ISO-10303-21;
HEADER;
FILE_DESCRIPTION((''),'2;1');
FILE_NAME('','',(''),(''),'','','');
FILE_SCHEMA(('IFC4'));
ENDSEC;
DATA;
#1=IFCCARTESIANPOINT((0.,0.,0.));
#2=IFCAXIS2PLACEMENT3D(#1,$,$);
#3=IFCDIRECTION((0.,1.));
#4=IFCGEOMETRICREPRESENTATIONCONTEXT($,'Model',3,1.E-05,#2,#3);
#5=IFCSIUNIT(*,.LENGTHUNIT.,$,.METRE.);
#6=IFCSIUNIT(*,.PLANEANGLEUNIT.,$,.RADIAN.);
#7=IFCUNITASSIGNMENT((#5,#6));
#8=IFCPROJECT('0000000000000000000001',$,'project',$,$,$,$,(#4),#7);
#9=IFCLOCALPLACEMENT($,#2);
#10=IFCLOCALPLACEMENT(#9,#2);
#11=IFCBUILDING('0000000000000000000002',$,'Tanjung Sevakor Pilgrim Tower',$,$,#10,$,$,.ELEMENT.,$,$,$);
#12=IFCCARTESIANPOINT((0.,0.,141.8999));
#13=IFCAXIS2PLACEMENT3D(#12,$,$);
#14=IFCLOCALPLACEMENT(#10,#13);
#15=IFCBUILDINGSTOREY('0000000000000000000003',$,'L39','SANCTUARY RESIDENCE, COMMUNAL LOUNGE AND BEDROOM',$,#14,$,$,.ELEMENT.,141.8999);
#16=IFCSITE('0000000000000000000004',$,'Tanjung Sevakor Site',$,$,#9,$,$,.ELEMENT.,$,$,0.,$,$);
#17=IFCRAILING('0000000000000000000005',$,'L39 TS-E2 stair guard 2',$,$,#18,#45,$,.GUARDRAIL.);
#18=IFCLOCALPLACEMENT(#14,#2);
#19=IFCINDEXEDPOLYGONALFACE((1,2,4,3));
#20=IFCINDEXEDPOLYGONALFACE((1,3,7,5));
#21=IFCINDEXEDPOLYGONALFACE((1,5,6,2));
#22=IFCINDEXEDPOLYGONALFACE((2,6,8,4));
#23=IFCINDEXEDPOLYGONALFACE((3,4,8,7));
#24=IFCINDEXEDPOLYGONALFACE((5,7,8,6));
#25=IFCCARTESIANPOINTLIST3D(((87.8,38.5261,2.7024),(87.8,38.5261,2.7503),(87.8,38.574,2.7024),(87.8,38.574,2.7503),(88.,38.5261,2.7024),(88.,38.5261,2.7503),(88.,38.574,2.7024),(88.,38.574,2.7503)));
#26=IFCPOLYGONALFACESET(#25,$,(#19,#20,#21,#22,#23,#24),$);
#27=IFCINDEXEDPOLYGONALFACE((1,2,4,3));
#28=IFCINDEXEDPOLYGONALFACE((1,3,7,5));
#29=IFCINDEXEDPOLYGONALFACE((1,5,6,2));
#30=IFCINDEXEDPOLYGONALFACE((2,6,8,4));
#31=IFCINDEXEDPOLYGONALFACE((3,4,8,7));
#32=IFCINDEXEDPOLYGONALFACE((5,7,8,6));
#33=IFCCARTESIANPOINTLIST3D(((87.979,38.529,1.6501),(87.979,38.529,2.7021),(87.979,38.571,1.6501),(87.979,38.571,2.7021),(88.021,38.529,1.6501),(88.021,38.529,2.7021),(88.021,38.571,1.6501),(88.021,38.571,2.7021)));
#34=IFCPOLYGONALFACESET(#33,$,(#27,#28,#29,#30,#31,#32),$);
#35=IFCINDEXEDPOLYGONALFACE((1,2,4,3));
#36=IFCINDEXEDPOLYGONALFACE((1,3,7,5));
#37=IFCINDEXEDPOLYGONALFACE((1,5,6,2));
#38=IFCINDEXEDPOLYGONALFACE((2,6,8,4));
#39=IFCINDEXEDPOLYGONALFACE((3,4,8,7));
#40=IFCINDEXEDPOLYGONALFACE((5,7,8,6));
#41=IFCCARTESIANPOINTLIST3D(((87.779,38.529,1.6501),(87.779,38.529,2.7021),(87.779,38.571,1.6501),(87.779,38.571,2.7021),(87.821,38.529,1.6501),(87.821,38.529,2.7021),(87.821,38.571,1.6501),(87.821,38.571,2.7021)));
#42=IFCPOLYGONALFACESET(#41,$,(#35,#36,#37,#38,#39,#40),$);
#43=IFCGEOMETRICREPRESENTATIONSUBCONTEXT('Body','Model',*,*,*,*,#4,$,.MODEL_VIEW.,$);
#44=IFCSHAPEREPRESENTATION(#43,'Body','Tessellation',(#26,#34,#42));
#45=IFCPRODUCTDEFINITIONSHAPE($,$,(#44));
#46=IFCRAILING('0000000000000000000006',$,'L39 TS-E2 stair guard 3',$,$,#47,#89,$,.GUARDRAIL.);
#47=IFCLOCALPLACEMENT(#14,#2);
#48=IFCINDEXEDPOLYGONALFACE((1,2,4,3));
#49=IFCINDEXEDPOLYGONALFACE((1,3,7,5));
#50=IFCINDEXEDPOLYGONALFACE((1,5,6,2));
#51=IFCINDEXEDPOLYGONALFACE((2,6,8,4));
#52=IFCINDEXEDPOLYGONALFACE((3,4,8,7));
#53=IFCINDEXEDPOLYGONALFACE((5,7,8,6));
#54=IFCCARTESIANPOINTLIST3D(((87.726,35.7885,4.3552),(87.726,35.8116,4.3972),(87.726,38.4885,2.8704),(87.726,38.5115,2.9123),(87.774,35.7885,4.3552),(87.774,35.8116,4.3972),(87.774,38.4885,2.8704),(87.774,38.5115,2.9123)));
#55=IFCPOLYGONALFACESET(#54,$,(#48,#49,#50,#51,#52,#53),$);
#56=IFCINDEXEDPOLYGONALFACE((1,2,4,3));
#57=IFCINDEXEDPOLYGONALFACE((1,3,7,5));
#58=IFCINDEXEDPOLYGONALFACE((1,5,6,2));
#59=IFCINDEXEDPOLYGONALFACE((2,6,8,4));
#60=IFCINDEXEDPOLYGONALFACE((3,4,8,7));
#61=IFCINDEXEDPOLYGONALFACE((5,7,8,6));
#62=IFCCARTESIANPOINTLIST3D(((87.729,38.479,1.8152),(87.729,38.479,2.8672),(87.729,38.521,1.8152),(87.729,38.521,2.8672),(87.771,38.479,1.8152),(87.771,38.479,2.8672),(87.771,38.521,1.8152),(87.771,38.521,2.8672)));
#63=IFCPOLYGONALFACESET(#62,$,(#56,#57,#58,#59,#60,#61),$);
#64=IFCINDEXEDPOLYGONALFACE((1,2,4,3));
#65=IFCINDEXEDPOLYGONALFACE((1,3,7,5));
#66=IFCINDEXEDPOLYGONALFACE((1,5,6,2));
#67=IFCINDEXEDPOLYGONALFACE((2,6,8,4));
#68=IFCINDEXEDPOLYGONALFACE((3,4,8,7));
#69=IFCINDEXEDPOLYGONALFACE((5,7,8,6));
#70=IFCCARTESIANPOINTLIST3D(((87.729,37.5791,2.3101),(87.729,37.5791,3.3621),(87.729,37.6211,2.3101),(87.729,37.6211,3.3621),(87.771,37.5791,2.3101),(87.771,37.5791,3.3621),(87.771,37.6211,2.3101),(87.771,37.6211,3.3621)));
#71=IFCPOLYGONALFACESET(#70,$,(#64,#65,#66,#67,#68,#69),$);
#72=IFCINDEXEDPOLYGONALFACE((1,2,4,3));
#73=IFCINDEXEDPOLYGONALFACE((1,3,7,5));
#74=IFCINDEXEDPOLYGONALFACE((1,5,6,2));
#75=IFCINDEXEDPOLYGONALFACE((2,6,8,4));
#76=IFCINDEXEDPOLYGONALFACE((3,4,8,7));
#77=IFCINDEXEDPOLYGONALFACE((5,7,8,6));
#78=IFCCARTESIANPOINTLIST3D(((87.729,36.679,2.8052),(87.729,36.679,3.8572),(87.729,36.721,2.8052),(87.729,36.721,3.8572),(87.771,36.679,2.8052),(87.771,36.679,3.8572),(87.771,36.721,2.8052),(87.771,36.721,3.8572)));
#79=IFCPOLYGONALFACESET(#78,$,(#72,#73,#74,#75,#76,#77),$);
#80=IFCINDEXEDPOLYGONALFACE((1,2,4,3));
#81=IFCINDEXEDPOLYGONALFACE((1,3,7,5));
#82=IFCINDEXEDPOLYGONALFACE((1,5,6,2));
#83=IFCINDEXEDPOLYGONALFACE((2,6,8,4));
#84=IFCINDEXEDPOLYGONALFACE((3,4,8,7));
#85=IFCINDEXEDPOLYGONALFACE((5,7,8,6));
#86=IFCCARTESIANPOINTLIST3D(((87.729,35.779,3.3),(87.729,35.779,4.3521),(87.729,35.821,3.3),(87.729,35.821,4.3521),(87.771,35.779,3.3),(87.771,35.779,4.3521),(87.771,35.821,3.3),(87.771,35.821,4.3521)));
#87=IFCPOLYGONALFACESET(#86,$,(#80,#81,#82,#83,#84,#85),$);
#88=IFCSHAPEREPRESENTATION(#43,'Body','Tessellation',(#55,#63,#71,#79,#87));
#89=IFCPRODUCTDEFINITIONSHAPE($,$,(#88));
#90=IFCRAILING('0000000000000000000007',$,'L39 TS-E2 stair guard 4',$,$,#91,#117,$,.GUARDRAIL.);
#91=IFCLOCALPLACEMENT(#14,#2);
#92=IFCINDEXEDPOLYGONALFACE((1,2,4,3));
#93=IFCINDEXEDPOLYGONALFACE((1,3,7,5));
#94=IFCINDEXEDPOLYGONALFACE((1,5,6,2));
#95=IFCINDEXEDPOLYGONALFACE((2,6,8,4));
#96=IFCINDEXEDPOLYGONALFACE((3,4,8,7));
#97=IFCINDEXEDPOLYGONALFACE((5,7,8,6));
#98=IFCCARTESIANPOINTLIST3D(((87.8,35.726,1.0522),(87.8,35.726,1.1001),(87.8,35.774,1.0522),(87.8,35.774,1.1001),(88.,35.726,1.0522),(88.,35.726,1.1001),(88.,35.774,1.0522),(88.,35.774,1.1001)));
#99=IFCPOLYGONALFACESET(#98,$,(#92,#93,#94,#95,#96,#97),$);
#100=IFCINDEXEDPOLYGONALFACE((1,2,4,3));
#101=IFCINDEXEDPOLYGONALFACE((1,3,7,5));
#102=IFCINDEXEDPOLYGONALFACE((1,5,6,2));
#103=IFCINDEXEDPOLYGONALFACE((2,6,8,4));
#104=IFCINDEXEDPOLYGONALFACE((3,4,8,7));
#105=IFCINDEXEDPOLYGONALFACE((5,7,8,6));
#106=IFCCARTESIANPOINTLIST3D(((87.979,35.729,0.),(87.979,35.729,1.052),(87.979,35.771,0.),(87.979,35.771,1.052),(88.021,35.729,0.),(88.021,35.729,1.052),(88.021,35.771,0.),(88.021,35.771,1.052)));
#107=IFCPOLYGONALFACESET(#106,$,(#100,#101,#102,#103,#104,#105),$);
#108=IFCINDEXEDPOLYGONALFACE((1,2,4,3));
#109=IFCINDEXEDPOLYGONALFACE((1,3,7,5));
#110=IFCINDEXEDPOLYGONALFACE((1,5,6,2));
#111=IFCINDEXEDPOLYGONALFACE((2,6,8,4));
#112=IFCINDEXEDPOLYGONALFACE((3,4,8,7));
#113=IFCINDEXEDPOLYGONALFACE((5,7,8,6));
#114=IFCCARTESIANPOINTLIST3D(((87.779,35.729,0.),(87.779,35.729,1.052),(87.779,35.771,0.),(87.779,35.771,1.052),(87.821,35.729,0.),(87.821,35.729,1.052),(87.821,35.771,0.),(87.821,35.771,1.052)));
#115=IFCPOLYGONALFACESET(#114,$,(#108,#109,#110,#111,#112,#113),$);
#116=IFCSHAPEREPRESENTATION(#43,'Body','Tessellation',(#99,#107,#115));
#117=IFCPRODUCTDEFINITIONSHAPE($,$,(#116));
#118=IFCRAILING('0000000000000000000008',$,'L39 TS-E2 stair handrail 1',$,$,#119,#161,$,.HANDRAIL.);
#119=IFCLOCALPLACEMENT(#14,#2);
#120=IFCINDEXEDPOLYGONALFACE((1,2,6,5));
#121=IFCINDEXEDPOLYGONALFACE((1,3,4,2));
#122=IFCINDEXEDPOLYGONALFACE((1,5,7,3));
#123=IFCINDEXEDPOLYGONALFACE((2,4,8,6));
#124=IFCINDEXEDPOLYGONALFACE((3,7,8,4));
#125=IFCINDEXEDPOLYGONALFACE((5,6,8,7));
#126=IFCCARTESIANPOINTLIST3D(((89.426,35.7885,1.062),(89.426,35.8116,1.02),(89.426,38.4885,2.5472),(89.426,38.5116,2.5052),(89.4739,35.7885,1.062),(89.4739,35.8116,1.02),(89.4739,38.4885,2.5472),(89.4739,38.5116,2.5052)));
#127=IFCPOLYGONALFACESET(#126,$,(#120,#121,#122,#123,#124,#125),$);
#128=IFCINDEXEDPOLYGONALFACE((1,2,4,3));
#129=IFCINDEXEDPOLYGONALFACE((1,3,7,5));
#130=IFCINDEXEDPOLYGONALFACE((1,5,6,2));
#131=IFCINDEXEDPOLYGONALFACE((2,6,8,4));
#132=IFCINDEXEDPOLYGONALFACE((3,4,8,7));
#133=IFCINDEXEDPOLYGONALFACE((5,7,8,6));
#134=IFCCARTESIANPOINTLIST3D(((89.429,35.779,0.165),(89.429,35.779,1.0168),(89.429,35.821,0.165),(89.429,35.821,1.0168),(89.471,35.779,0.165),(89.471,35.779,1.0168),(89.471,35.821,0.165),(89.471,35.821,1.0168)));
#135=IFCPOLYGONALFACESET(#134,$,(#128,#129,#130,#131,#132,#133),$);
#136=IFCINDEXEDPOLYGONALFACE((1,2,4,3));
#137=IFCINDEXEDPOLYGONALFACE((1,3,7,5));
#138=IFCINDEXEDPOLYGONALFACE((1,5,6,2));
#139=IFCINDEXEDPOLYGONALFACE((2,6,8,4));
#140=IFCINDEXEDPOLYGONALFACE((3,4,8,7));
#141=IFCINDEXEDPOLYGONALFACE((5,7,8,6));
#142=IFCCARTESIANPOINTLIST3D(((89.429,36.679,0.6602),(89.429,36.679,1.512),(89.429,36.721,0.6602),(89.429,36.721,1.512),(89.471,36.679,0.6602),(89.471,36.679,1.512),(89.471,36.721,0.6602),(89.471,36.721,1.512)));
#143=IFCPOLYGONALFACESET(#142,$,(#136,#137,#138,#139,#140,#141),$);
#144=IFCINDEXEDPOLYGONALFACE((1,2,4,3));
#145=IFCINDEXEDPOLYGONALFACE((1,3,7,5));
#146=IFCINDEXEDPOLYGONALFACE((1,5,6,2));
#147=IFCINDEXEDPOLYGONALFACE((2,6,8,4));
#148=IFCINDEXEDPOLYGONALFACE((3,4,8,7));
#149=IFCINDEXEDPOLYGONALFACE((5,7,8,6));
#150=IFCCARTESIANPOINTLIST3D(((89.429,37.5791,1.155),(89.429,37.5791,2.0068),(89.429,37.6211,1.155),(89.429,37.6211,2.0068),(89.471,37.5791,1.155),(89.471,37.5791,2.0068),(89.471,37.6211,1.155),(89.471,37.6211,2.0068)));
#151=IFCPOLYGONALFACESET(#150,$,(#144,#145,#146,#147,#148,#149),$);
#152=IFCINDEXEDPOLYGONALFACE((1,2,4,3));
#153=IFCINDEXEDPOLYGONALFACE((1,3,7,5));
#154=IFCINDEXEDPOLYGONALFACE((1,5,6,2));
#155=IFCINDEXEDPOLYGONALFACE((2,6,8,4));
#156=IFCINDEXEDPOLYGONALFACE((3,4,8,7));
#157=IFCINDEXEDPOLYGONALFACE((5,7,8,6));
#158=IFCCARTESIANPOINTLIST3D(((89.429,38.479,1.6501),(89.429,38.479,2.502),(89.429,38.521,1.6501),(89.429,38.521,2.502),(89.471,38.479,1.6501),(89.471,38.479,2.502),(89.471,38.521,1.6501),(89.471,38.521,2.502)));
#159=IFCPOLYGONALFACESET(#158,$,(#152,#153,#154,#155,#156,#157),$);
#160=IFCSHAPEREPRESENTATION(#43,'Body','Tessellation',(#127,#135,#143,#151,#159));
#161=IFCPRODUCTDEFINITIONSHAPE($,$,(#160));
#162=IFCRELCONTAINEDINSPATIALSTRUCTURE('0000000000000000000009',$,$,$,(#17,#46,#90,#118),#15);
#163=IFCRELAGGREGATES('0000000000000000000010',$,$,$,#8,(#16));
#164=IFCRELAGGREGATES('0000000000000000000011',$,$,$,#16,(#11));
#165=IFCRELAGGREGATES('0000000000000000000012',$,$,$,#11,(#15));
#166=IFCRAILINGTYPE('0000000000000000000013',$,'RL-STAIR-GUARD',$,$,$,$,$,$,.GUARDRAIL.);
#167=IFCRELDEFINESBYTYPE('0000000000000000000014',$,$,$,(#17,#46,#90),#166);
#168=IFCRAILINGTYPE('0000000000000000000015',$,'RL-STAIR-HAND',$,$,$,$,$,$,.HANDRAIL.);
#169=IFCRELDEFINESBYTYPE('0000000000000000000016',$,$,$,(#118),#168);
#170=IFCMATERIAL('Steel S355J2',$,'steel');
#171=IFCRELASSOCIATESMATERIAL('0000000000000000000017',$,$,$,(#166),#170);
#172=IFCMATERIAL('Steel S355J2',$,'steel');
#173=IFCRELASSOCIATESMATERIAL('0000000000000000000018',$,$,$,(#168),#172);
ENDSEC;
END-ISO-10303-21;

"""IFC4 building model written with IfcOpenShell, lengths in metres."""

from ifc_helpers import new_model, si_unit, direction, frame, origin, place, context, subcontext, project, spatial, rectangle, extrude, material, type_object, element, save


model = new_model("IFC4")

# Units and contexts
model_context = context("Model", 3, precision=1e-05, world=origin(), true_north=direction((0.0, 1.0)))
body_context = subcontext(model_context, "Body", "Model", "MODEL_VIEW")
ifc_project = project(units=[si_unit("LENGTHUNIT", "METRE"), si_unit("PLANEANGLEUNIT", "RADIAN")], contexts=[model_context])

# Site, building, storey
site_placement = place(None, origin())
site = spatial("IfcSite", under=ifc_project, at=site_placement, Name="Tanjung Sevakor Site", CompositionType="ELEMENT", RefElevation=0.0)
building_placement = place(site_placement, origin())
building = spatial("IfcBuilding", under=site, at=building_placement, Name="Tanjung Sevakor Pilgrim Tower", CompositionType="ELEMENT")
storey_placement = place(building_placement, frame((0.0, 0.0, 141.8999)))
storey = spatial("IfcBuildingStorey", under=building, at=storey_placement, Name="L39", Description="SANCTUARY RESIDENCE, COMMUNAL LOUNGE AND BEDROOM", CompositionType="ELEMENT", Elevation=141.8999)

# Railings
ifc_material_1 = material(Name="Steel S355J2", Category="steel")
railing_type_1 = type_object("IfcRailingType", Name="RL-STAIR-GUARD", PredefinedType="GUARDRAIL", material=ifc_material_1)
railing_1_placement = place(storey_placement, frame((88.0, 38.55, 1.6501)))
element("IfcRailing", 1, at=railing_1_placement, inside=storey, type_object=railing_type_1, Name="L39 TS-E2 stair guard 2", PredefinedType="GUARDRAIL", context=body_context, shape_type="SweptSolid", body=[
    extrude(rectangle(XDim=0.0479, YDim=0.0479), frame((0.0, 0.0, 1.0762), z_axis=(-1.0, 0.0, 0.0), x_axis=(0.0, -1.0, 0.0)), (0.0, 0.0, 1.0), 0.2),
    extrude(rectangle(XDim=0.042, YDim=0.042), origin(), (0.0, 0.0, 1.0), 1.052),
    extrude(rectangle(XDim=0.042, YDim=0.042), frame((-0.2, 0.0, 0.0)), (0.0, 0.0, 1.0), 1.052),
])
railing_2_placement = place(storey_placement, frame((87.75, 38.5, 1.8152)))
element("IfcRailing", 2, at=railing_2_placement, inside=storey, type_object=railing_type_1, Name="L39 TS-E2 stair guard 3", PredefinedType="GUARDRAIL", context=body_context, shape_type="SweptSolid", body=[
    extrude(rectangle(XDim=0.0479, YDim=0.0479), frame((0.0, 0.0, 1.0762), z_axis=(0.0, -0.876231, 0.481891), x_axis=(1.0, 0.0, 0.0)), (0.0, 0.0, 1.0), 3.0813),
    extrude(rectangle(XDim=0.042, YDim=0.042), origin(), (0.0, 0.0, 1.0), 1.052),
    extrude(rectangle(XDim=0.042, YDim=0.042), frame((0.0, -0.8999, 0.4949)), (0.0, 0.0, 1.0), 1.052),
    extrude(rectangle(XDim=0.042, YDim=0.042), frame((0.0, -1.8, 0.99)), (0.0, 0.0, 1.0), 1.052),
    extrude(rectangle(XDim=0.042, YDim=0.042), frame((0.0, -2.7, 1.4849)), (0.0, 0.0, 1.0), 1.052),
])
railing_3_placement = place(storey_placement, frame((88.0, 35.75, 0.0)))
element("IfcRailing", 3, at=railing_3_placement, inside=storey, type_object=railing_type_1, Name="L39 TS-E2 stair guard 4", PredefinedType="GUARDRAIL", context=body_context, shape_type="SweptSolid", body=[
    extrude(rectangle(XDim=0.0479, YDim=0.0479), frame((0.0, 0.0, 1.0762), z_axis=(-1.0, 0.0, 0.0), x_axis=(0.0, -1.0, 0.0)), (0.0, 0.0, 1.0), 0.2),
    extrude(rectangle(XDim=0.042, YDim=0.042), origin(), (0.0, 0.0, 1.0), 1.052),
    extrude(rectangle(XDim=0.042, YDim=0.042), frame((-0.2, 0.0, 0.0)), (0.0, 0.0, 1.0), 1.052),
])
ifc_material_2 = material(Name="Steel S355J2", Category="steel")
railing_type_2 = type_object("IfcRailingType", Name="RL-STAIR-HAND", PredefinedType="HANDRAIL", material=ifc_material_2)
railing_4_placement = place(storey_placement, frame((89.45, 35.8, 0.165)))
element("IfcRailing", 4, at=railing_4_placement, inside=storey, type_object=railing_type_2, Name="L39 TS-E2 stair handrail 1", PredefinedType="HANDRAIL", context=body_context, shape_type="SweptSolid", body=[
    extrude(rectangle(XDim=0.0479, YDim=0.0479), frame((0.0, 0.0, 0.876), z_axis=(0.0, 0.876198, 0.481952), x_axis=(-1.0, 0.0, 0.0)), (0.0, 0.0, 1.0), 3.0815),
    extrude(rectangle(XDim=0.042, YDim=0.042), origin(), (0.0, 0.0, 1.0), 0.8518),
    extrude(rectangle(XDim=0.042, YDim=0.042), frame((0.0, 0.8999, 0.4951)), (0.0, 0.0, 1.0), 0.8518),
    extrude(rectangle(XDim=0.042, YDim=0.042), frame((0.0, 1.8, 0.99)), (0.0, 0.0, 1.0), 0.8518),
    extrude(rectangle(XDim=0.042, YDim=0.042), frame((0.0, 2.7, 1.4851)), (0.0, 0.0, 1.0), 0.8518),
])

save(model, "model.ifc")
